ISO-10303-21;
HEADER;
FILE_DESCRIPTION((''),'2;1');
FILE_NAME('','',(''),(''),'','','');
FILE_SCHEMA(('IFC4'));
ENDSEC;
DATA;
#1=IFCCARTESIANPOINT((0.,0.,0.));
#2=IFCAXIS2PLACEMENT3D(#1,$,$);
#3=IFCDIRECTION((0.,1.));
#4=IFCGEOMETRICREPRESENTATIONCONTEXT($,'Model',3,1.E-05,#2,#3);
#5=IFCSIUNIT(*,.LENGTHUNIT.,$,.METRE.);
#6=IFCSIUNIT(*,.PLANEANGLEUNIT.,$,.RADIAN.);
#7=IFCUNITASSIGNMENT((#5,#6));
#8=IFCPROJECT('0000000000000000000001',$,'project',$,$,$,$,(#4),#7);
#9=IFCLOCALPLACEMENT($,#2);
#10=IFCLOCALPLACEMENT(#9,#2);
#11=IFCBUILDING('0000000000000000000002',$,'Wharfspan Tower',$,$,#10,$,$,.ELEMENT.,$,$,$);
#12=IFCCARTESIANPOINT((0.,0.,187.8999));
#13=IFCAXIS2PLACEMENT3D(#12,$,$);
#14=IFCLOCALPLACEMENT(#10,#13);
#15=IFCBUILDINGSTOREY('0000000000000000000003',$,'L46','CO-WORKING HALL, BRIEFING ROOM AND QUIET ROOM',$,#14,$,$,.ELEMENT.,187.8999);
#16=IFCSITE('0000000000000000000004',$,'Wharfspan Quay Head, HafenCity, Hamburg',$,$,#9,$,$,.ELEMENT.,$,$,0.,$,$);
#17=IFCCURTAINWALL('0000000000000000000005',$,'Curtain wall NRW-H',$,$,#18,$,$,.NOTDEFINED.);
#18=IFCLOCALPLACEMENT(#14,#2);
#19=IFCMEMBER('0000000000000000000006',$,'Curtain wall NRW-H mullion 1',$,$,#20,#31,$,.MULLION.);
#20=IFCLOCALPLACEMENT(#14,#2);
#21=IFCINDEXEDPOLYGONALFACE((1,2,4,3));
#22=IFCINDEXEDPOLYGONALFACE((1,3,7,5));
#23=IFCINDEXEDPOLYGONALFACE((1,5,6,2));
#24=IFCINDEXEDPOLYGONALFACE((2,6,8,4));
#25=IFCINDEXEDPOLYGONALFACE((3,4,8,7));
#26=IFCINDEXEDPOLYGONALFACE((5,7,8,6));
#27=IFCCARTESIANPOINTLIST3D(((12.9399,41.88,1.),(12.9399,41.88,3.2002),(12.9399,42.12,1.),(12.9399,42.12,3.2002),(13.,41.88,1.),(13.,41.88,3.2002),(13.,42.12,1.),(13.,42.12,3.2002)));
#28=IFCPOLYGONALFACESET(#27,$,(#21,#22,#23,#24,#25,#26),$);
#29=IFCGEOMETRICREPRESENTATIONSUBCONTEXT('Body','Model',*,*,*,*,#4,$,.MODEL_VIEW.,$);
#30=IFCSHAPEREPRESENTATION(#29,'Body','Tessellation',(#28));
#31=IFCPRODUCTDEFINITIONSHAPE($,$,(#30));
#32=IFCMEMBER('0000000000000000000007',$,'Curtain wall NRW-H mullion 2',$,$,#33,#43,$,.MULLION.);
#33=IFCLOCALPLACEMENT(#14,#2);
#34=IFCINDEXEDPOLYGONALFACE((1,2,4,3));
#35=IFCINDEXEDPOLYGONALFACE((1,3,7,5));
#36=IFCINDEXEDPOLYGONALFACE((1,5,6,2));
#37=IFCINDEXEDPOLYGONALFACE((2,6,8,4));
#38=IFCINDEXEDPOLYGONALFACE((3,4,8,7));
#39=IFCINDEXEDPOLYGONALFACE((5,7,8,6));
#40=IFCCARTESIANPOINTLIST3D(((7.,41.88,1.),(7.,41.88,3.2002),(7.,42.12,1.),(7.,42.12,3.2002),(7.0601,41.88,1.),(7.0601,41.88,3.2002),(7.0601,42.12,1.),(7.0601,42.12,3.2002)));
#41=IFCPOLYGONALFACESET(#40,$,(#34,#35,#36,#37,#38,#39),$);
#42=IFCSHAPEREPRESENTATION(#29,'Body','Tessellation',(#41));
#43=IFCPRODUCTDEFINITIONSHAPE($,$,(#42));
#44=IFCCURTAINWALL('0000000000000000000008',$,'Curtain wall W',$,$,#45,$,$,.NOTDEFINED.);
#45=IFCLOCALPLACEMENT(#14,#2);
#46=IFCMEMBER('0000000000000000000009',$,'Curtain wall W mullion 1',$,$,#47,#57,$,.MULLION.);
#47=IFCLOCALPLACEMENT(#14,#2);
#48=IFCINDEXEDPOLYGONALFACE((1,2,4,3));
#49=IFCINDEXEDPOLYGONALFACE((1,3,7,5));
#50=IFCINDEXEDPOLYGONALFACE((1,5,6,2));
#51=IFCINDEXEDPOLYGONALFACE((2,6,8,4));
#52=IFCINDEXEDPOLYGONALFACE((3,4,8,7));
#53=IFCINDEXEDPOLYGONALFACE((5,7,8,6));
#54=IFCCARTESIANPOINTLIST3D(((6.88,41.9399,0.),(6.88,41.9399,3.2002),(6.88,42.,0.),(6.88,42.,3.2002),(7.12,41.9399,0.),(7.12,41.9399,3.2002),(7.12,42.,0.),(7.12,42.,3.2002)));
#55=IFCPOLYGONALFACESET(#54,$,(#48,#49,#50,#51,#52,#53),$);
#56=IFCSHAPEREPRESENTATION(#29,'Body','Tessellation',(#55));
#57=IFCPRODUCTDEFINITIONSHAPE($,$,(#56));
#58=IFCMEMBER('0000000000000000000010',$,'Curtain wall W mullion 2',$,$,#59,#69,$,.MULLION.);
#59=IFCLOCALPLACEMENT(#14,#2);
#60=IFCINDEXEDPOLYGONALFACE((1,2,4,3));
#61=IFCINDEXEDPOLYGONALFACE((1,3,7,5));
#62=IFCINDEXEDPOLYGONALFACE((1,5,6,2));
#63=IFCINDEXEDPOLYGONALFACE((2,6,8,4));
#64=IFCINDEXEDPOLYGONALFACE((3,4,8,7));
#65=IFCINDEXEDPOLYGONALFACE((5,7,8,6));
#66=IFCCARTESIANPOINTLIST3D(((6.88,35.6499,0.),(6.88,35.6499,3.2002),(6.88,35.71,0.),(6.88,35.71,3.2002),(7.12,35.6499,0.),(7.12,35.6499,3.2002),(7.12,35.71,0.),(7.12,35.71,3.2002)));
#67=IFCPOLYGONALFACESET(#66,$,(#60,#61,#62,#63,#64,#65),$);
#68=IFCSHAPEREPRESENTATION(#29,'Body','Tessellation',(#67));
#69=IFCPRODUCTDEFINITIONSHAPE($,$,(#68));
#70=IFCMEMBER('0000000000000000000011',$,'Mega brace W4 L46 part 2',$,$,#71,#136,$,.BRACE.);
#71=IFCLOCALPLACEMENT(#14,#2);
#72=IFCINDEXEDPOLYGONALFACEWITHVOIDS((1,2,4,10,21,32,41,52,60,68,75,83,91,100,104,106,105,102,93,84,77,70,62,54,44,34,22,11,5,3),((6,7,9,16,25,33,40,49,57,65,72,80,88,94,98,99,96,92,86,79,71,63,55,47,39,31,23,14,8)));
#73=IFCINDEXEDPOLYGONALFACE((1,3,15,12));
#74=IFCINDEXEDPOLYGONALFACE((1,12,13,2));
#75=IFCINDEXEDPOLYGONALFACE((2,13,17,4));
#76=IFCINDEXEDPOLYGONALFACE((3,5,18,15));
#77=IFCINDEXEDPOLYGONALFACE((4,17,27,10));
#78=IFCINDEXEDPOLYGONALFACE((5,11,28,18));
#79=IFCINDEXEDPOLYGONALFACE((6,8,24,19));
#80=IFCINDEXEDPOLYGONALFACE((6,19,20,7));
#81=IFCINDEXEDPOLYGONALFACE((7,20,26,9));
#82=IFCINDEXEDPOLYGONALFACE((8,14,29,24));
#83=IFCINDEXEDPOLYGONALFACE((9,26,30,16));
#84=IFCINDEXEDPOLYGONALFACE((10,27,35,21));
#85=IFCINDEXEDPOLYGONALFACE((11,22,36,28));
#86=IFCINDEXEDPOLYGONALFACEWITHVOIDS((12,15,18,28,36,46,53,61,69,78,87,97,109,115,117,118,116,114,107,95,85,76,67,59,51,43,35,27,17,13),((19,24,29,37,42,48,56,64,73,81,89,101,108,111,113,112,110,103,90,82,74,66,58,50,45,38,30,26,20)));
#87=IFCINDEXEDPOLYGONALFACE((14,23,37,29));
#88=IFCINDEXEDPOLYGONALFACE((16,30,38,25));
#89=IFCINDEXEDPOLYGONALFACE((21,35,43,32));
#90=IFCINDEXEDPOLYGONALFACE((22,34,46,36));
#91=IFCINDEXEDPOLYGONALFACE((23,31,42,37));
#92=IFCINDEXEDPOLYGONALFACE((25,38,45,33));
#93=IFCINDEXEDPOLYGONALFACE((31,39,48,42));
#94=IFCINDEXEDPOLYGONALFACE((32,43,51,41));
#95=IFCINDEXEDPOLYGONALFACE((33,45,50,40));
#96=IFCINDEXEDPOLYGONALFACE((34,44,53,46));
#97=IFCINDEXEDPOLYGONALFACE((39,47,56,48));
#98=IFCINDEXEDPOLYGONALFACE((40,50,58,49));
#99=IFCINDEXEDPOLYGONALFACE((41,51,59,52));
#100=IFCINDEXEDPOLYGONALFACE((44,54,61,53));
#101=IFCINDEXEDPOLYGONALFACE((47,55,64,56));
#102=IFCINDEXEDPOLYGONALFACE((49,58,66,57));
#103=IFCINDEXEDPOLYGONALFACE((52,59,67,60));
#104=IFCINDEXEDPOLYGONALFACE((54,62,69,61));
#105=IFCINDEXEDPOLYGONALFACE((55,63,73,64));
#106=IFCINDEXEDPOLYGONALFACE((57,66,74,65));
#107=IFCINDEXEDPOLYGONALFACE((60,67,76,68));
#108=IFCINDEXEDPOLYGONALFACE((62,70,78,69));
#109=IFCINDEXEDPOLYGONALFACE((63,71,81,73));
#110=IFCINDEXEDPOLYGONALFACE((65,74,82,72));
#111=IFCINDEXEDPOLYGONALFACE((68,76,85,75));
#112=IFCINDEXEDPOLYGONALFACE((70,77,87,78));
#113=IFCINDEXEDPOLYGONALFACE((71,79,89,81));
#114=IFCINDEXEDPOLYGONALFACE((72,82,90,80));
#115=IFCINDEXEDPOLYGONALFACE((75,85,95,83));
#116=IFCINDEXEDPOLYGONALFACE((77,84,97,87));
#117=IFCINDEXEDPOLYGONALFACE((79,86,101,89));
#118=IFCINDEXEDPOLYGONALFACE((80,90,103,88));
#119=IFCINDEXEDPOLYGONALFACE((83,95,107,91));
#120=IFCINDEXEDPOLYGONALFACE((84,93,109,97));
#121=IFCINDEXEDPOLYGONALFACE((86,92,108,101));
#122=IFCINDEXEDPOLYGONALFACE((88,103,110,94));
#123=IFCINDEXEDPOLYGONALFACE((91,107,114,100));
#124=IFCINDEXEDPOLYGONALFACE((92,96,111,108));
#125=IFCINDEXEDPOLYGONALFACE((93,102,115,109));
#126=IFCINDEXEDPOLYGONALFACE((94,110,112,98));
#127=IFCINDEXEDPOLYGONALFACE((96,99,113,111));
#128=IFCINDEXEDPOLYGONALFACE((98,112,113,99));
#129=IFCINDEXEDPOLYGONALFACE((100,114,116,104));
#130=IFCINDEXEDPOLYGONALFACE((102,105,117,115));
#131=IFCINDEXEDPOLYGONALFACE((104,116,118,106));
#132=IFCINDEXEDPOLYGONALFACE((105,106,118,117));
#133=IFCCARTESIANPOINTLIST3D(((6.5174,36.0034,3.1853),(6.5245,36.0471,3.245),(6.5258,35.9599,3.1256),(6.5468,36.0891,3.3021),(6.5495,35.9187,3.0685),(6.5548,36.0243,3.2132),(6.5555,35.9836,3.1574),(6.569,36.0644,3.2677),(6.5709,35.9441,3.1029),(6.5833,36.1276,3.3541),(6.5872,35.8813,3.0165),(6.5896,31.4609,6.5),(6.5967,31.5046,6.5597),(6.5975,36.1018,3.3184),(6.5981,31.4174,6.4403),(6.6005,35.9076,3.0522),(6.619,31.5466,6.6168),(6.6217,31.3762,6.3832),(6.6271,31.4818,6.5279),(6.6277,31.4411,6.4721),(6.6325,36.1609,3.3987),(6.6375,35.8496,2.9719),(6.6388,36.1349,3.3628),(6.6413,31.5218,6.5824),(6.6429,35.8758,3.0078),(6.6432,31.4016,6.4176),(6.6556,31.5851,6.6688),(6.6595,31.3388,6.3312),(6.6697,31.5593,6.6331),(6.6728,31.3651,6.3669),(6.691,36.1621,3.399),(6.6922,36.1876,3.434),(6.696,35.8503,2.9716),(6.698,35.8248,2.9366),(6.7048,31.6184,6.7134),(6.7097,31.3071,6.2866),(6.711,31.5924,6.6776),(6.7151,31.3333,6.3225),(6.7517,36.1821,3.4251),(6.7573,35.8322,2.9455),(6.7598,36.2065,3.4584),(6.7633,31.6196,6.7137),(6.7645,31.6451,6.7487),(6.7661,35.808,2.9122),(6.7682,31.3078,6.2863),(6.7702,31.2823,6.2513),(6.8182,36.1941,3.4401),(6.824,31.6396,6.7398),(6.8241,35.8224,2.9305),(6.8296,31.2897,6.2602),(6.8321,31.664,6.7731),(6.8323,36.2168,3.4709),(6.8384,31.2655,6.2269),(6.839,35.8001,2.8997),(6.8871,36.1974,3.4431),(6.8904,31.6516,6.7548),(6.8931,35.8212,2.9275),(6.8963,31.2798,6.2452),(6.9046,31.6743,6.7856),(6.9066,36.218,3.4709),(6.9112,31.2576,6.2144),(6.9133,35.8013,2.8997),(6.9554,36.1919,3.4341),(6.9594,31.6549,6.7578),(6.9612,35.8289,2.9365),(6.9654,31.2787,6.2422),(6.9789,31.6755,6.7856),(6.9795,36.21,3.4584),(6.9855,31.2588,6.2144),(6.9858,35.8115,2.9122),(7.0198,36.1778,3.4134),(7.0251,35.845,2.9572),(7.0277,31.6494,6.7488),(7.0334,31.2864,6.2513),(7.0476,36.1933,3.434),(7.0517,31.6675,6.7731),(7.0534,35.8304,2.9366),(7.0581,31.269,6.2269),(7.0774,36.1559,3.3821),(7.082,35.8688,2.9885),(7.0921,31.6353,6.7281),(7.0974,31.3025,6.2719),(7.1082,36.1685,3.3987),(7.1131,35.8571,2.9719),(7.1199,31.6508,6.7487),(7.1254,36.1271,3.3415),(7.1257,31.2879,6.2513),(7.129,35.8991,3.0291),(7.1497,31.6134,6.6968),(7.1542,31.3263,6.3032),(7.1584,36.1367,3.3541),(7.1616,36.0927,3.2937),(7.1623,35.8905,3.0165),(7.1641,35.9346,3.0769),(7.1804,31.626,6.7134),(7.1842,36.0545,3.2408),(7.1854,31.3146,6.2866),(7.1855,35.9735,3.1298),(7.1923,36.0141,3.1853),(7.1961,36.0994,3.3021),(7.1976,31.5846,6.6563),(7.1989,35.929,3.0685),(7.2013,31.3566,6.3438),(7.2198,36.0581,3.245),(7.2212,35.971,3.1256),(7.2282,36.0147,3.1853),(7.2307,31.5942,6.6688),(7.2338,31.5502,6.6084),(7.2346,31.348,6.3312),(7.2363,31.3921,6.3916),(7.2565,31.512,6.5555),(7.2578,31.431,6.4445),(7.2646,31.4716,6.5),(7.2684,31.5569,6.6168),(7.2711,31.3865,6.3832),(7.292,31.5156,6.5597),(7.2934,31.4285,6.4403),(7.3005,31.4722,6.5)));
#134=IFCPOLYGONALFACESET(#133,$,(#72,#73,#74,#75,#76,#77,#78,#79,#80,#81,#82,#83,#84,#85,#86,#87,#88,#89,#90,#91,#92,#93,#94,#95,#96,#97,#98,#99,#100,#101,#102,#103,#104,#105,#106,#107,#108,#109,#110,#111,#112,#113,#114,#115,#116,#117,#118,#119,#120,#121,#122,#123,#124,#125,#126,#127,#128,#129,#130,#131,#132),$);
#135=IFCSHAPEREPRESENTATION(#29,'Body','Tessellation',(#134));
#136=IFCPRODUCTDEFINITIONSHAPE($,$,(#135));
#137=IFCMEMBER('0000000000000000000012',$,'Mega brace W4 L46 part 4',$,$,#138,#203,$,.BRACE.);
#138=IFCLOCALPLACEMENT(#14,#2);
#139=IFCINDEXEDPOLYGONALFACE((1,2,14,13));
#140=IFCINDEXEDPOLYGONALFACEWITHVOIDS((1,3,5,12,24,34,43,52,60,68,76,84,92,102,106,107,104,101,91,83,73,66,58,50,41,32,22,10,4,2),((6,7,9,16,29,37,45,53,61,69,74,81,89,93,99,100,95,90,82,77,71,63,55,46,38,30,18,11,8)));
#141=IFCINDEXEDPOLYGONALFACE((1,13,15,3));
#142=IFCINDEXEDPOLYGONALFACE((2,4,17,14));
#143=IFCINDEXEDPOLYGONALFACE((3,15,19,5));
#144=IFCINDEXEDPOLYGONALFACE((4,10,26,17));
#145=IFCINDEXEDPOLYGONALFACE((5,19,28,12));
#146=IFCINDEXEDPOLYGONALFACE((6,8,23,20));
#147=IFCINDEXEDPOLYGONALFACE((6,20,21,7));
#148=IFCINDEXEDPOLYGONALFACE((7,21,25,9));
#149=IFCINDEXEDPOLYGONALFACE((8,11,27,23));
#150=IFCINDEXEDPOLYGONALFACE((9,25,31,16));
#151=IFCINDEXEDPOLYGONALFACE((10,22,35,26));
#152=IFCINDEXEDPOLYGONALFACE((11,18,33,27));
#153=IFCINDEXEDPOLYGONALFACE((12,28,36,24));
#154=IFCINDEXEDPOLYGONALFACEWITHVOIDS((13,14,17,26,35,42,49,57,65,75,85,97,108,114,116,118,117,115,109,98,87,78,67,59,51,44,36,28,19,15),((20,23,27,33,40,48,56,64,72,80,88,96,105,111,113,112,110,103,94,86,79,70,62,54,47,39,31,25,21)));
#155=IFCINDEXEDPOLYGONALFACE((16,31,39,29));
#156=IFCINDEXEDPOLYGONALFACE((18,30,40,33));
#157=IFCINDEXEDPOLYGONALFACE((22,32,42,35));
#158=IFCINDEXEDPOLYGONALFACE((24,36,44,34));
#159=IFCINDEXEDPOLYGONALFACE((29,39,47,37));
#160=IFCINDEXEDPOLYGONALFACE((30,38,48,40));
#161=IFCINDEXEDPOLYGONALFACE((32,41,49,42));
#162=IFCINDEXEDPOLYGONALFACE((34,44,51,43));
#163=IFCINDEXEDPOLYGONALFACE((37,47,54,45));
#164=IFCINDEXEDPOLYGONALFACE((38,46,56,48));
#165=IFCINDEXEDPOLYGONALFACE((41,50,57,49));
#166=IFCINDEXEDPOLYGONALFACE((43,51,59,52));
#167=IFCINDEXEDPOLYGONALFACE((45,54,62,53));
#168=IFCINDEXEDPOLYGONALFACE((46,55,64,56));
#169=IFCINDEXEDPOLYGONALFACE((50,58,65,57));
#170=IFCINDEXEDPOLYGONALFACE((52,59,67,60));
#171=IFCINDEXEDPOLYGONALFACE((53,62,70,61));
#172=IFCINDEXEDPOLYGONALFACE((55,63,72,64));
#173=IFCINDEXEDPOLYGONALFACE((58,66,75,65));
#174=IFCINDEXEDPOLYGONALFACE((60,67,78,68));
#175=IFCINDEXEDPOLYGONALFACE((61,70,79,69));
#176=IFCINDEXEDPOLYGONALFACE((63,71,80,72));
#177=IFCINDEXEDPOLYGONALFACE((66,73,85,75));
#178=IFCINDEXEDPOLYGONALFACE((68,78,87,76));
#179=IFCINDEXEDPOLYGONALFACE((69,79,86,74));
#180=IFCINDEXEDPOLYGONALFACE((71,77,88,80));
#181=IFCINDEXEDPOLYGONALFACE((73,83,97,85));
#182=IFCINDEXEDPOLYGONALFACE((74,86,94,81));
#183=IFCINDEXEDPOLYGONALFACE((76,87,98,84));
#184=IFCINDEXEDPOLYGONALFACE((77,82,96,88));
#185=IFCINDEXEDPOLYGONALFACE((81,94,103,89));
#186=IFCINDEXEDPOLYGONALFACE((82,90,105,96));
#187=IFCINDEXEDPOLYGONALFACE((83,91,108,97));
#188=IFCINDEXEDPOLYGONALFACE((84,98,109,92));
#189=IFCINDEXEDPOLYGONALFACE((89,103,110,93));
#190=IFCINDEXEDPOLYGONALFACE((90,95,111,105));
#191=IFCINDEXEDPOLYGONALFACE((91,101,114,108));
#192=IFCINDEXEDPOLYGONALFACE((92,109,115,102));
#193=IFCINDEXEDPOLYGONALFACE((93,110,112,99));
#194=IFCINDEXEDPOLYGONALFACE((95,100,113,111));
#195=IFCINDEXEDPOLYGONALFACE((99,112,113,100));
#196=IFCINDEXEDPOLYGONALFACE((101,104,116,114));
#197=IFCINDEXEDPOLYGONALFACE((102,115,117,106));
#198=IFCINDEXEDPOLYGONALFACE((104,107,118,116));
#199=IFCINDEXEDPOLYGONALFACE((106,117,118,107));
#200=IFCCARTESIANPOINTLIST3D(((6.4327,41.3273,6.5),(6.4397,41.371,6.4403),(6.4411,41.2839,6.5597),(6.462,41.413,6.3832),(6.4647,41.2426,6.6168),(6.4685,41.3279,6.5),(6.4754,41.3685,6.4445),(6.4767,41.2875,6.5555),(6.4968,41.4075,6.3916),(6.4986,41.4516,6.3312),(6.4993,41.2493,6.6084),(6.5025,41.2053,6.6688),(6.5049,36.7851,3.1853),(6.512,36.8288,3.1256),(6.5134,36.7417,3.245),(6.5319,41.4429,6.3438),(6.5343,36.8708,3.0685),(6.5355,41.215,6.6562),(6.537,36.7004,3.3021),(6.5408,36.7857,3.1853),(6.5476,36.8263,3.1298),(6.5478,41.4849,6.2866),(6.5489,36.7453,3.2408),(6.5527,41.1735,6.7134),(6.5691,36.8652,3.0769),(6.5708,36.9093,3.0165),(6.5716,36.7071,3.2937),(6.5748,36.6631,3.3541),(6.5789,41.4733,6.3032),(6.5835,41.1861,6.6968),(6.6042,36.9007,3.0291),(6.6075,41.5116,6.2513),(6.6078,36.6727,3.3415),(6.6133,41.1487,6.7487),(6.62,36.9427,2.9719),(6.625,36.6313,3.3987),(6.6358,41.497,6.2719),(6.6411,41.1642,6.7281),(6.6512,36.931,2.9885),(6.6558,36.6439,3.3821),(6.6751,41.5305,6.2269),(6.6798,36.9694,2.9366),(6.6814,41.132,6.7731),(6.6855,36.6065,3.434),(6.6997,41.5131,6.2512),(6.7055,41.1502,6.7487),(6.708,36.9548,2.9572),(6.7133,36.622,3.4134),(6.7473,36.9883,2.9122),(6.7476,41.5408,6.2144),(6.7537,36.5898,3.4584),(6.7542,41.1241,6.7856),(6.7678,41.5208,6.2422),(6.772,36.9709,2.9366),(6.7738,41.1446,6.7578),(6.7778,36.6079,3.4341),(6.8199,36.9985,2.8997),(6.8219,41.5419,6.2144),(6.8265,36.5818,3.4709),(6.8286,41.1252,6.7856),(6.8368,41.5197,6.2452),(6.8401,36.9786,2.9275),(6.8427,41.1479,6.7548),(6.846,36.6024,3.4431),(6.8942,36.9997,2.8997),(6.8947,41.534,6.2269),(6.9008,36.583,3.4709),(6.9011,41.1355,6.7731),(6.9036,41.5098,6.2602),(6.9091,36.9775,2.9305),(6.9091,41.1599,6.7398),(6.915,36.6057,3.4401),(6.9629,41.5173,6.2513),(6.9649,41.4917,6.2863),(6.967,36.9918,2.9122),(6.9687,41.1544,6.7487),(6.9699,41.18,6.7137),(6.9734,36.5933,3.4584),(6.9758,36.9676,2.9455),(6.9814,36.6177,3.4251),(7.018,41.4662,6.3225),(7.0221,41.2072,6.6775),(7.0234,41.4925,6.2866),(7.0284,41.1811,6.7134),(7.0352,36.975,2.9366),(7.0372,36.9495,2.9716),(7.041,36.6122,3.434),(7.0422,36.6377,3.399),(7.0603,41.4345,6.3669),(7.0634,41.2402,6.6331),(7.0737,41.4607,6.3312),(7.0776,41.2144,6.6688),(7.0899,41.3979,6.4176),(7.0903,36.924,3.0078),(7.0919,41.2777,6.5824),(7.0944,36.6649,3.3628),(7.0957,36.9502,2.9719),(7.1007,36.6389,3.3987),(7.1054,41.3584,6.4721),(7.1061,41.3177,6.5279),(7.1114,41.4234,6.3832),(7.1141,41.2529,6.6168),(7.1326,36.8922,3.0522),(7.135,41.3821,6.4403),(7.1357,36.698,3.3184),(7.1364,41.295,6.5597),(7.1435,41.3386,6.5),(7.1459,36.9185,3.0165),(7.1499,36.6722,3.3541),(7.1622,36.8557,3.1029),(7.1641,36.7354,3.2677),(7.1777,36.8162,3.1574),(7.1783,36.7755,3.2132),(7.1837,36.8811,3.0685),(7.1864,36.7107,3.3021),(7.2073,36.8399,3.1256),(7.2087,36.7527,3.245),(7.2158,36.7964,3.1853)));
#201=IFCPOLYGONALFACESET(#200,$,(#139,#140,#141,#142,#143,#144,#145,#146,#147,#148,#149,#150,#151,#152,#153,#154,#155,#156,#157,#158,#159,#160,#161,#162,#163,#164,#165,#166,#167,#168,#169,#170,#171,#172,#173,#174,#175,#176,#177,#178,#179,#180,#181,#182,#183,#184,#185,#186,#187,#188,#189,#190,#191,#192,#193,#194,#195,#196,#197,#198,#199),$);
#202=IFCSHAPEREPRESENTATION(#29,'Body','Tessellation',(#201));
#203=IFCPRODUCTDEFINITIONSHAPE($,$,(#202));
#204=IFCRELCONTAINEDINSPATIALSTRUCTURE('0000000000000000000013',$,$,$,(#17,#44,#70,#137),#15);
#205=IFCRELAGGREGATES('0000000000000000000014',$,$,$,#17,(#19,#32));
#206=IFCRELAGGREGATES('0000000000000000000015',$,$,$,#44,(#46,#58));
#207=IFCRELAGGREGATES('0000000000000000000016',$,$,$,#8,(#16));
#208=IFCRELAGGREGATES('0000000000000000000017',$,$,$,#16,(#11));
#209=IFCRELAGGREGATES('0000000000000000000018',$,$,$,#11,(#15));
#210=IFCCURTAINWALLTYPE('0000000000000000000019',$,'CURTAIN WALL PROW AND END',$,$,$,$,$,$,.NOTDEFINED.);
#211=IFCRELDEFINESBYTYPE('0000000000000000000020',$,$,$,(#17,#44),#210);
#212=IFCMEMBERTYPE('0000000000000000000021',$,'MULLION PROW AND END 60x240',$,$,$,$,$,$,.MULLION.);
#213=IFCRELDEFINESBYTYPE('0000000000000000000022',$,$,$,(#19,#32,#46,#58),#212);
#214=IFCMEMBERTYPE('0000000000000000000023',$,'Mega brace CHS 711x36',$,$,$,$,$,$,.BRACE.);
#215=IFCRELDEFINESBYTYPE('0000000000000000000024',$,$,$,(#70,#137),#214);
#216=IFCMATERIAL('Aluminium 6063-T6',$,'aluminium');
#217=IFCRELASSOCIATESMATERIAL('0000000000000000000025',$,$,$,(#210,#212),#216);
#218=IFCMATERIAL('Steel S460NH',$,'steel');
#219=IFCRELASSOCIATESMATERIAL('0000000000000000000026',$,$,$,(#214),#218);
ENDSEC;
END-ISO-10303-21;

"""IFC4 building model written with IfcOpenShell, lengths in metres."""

from ifc_helpers import new_model, si_unit, direction, frame, origin, origin_2d, place, context, subcontext, project, spatial, rectangle, hollow_circle, extrude, material, material_profile, profile_set, type_object, element, aggregate, save


model = new_model("IFC4")

# Units and contexts
model_context = context("Model", 3, precision=1e-05, world=origin(), true_north=direction((0.0, 1.0)))
body_context = subcontext(model_context, "Body", "Model", "MODEL_VIEW")
ifc_project = project(units=[si_unit("LENGTHUNIT", "METRE"), si_unit("PLANEANGLEUNIT", "RADIAN")], contexts=[model_context])

# Site, building, storey
site_placement = place(None, origin())
site = spatial("IfcSite", under=ifc_project, at=site_placement, Name="Wharfspan Quay Head, HafenCity, Hamburg", CompositionType="ELEMENT", RefElevation=0.0)
building_placement = place(site_placement, origin())
building = spatial("IfcBuilding", under=site, at=building_placement, Name="Wharfspan Tower", CompositionType="ELEMENT")
storey_placement = place(building_placement, frame((0.0, 0.0, 187.8999)))
storey = spatial("IfcBuildingStorey", under=building, at=storey_placement, Name="L46", Description="CO-WORKING HALL, BRIEFING ROOM AND QUIET ROOM", CompositionType="ELEMENT", Elevation=187.8999)

# Curtain walls, members
ifc_material_1 = material(Name="Aluminium 6063-T6", Category="aluminium")
curtain_wall_type = type_object("IfcCurtainWallType", Name="CURTAIN WALL PROW AND END", PredefinedType="NOTDEFINED", material=ifc_material_1)
ifc_material_profile_1 = material_profile(ifc_material_1, rectangle(XDim=0.24, YDim=0.0601, at=origin_2d()))
ifc_profile_set_1 = profile_set([ifc_material_profile_1], Name="Aluminium 6063-T6")
member_type_1 = type_object("IfcMemberType", Name="MULLION PROW AND END 60x240", PredefinedType="MULLION", material=ifc_profile_set_1)
curtain_wall_1_placement = place(storey_placement, origin())
curtain_wall_1 = element("IfcCurtainWall", 1, at=curtain_wall_1_placement, inside=storey, type_object=curtain_wall_type, Name="Curtain wall NRW-H", PredefinedType="NOTDEFINED")
member_1_placement = place(storey_placement, frame((12.97, 42.0, 1.0), z_axis=(0.0, 0.0, 1.0), x_axis=(0.0, -1.0, 0.0)))
member_1 = element("IfcMember", 2, at=member_1_placement, type_object=member_type_1, Name="Curtain wall NRW-H mullion 1", PredefinedType="MULLION", context=body_context, shape_type="SweptSolid", body=[
    extrude(rectangle(XDim=0.24, YDim=0.0601, at=origin_2d()), origin(), (0.0, 0.0, 1.0), 2.2002),
])
member_2_placement = place(storey_placement, frame((7.03, 42.0, 1.0), z_axis=(0.0, 0.0, 1.0), x_axis=(0.0, -1.0, 0.0)))
member_2 = element("IfcMember", 3, at=member_2_placement, type_object=member_type_1, Name="Curtain wall NRW-H mullion 2", PredefinedType="MULLION", context=body_context, shape_type="SweptSolid", body=[
    extrude(rectangle(XDim=0.24, YDim=0.0601, at=origin_2d()), origin(), (0.0, 0.0, 1.0), 2.2002),
])
curtain_wall_2_placement = place(storey_placement, origin())
curtain_wall_2 = element("IfcCurtainWall", 4, at=curtain_wall_2_placement, inside=storey, type_object=curtain_wall_type, Name="Curtain wall W", PredefinedType="NOTDEFINED")
member_3_placement = place(storey_placement, frame((7.0, 41.97, 0.0), z_axis=(0.0, 0.0, 1.0), x_axis=(1.0, 0.0, 0.0)))
member_3 = element("IfcMember", 5, at=member_3_placement, type_object=member_type_1, Name="Curtain wall W mullion 1", PredefinedType="MULLION", context=body_context, shape_type="SweptSolid", body=[
    extrude(rectangle(XDim=0.24, YDim=0.0601, at=origin_2d()), origin(), (0.0, 0.0, 1.0), 3.2002),
])
member_4_placement = place(storey_placement, frame((7.0, 35.6799, 0.0), z_axis=(0.0, 0.0, 1.0), x_axis=(1.0, 0.0, 0.0)))
member_4 = element("IfcMember", 6, at=member_4_placement, type_object=member_type_1, Name="Curtain wall W mullion 2", PredefinedType="MULLION", context=body_context, shape_type="SweptSolid", body=[
    extrude(rectangle(XDim=0.24, YDim=0.0601, at=origin_2d()), origin(), (0.0, 0.0, 1.0), 3.2002),
])

# Members
ifc_material_2 = material(Name="Steel S460NH", Category="steel")
ifc_material_profile_2 = material_profile(ifc_material_2, hollow_circle(Radius=0.3555, WallThickness=0.0359, at=origin_2d()))
ifc_profile_set_2 = profile_set([ifc_material_profile_2], Name="Steel S460NH")
member_type_2 = type_object("IfcMemberType", Name="Mega brace CHS 711x36", PredefinedType="BRACE", material=ifc_profile_set_2)
member_5_placement = place(storey_placement, frame((6.8728, 36.009, 3.1853), z_axis=(0.01285, -0.807732, 0.58941), x_axis=(0.999874, 0.015906, -0.000001)))
element("IfcMember", 7, at=member_5_placement, inside=storey, type_object=member_type_2, Name="Mega brace W4 L46 part 2", PredefinedType="BRACE", context=body_context, shape_type="SweptSolid", body=[
    extrude(hollow_circle(Radius=0.3555, WallThickness=0.0359, at=origin_2d()), origin(), (0.0, 0.0, 1.0), 5.6238),
])
member_6_placement = place(storey_placement, frame((6.8604, 36.7908, 3.1853), z_axis=(-0.012851, 0.807716, 0.589431), x_axis=(-0.999873, -0.015909, 0.000001)))
element("IfcMember", 8, at=member_6_placement, inside=storey, type_object=member_type_2, Name="Mega brace W4 L46 part 4", PredefinedType="BRACE", context=body_context, shape_type="SweptSolid", body=[
    extrude(hollow_circle(Radius=0.3555, WallThickness=0.0359, at=origin_2d()), origin(), (0.0, 0.0, 1.0), 5.6235),
])

aggregate(curtain_wall_1, [member_1, member_2])
aggregate(curtain_wall_2, [member_3, member_4])

save(model, "model.ifc")
